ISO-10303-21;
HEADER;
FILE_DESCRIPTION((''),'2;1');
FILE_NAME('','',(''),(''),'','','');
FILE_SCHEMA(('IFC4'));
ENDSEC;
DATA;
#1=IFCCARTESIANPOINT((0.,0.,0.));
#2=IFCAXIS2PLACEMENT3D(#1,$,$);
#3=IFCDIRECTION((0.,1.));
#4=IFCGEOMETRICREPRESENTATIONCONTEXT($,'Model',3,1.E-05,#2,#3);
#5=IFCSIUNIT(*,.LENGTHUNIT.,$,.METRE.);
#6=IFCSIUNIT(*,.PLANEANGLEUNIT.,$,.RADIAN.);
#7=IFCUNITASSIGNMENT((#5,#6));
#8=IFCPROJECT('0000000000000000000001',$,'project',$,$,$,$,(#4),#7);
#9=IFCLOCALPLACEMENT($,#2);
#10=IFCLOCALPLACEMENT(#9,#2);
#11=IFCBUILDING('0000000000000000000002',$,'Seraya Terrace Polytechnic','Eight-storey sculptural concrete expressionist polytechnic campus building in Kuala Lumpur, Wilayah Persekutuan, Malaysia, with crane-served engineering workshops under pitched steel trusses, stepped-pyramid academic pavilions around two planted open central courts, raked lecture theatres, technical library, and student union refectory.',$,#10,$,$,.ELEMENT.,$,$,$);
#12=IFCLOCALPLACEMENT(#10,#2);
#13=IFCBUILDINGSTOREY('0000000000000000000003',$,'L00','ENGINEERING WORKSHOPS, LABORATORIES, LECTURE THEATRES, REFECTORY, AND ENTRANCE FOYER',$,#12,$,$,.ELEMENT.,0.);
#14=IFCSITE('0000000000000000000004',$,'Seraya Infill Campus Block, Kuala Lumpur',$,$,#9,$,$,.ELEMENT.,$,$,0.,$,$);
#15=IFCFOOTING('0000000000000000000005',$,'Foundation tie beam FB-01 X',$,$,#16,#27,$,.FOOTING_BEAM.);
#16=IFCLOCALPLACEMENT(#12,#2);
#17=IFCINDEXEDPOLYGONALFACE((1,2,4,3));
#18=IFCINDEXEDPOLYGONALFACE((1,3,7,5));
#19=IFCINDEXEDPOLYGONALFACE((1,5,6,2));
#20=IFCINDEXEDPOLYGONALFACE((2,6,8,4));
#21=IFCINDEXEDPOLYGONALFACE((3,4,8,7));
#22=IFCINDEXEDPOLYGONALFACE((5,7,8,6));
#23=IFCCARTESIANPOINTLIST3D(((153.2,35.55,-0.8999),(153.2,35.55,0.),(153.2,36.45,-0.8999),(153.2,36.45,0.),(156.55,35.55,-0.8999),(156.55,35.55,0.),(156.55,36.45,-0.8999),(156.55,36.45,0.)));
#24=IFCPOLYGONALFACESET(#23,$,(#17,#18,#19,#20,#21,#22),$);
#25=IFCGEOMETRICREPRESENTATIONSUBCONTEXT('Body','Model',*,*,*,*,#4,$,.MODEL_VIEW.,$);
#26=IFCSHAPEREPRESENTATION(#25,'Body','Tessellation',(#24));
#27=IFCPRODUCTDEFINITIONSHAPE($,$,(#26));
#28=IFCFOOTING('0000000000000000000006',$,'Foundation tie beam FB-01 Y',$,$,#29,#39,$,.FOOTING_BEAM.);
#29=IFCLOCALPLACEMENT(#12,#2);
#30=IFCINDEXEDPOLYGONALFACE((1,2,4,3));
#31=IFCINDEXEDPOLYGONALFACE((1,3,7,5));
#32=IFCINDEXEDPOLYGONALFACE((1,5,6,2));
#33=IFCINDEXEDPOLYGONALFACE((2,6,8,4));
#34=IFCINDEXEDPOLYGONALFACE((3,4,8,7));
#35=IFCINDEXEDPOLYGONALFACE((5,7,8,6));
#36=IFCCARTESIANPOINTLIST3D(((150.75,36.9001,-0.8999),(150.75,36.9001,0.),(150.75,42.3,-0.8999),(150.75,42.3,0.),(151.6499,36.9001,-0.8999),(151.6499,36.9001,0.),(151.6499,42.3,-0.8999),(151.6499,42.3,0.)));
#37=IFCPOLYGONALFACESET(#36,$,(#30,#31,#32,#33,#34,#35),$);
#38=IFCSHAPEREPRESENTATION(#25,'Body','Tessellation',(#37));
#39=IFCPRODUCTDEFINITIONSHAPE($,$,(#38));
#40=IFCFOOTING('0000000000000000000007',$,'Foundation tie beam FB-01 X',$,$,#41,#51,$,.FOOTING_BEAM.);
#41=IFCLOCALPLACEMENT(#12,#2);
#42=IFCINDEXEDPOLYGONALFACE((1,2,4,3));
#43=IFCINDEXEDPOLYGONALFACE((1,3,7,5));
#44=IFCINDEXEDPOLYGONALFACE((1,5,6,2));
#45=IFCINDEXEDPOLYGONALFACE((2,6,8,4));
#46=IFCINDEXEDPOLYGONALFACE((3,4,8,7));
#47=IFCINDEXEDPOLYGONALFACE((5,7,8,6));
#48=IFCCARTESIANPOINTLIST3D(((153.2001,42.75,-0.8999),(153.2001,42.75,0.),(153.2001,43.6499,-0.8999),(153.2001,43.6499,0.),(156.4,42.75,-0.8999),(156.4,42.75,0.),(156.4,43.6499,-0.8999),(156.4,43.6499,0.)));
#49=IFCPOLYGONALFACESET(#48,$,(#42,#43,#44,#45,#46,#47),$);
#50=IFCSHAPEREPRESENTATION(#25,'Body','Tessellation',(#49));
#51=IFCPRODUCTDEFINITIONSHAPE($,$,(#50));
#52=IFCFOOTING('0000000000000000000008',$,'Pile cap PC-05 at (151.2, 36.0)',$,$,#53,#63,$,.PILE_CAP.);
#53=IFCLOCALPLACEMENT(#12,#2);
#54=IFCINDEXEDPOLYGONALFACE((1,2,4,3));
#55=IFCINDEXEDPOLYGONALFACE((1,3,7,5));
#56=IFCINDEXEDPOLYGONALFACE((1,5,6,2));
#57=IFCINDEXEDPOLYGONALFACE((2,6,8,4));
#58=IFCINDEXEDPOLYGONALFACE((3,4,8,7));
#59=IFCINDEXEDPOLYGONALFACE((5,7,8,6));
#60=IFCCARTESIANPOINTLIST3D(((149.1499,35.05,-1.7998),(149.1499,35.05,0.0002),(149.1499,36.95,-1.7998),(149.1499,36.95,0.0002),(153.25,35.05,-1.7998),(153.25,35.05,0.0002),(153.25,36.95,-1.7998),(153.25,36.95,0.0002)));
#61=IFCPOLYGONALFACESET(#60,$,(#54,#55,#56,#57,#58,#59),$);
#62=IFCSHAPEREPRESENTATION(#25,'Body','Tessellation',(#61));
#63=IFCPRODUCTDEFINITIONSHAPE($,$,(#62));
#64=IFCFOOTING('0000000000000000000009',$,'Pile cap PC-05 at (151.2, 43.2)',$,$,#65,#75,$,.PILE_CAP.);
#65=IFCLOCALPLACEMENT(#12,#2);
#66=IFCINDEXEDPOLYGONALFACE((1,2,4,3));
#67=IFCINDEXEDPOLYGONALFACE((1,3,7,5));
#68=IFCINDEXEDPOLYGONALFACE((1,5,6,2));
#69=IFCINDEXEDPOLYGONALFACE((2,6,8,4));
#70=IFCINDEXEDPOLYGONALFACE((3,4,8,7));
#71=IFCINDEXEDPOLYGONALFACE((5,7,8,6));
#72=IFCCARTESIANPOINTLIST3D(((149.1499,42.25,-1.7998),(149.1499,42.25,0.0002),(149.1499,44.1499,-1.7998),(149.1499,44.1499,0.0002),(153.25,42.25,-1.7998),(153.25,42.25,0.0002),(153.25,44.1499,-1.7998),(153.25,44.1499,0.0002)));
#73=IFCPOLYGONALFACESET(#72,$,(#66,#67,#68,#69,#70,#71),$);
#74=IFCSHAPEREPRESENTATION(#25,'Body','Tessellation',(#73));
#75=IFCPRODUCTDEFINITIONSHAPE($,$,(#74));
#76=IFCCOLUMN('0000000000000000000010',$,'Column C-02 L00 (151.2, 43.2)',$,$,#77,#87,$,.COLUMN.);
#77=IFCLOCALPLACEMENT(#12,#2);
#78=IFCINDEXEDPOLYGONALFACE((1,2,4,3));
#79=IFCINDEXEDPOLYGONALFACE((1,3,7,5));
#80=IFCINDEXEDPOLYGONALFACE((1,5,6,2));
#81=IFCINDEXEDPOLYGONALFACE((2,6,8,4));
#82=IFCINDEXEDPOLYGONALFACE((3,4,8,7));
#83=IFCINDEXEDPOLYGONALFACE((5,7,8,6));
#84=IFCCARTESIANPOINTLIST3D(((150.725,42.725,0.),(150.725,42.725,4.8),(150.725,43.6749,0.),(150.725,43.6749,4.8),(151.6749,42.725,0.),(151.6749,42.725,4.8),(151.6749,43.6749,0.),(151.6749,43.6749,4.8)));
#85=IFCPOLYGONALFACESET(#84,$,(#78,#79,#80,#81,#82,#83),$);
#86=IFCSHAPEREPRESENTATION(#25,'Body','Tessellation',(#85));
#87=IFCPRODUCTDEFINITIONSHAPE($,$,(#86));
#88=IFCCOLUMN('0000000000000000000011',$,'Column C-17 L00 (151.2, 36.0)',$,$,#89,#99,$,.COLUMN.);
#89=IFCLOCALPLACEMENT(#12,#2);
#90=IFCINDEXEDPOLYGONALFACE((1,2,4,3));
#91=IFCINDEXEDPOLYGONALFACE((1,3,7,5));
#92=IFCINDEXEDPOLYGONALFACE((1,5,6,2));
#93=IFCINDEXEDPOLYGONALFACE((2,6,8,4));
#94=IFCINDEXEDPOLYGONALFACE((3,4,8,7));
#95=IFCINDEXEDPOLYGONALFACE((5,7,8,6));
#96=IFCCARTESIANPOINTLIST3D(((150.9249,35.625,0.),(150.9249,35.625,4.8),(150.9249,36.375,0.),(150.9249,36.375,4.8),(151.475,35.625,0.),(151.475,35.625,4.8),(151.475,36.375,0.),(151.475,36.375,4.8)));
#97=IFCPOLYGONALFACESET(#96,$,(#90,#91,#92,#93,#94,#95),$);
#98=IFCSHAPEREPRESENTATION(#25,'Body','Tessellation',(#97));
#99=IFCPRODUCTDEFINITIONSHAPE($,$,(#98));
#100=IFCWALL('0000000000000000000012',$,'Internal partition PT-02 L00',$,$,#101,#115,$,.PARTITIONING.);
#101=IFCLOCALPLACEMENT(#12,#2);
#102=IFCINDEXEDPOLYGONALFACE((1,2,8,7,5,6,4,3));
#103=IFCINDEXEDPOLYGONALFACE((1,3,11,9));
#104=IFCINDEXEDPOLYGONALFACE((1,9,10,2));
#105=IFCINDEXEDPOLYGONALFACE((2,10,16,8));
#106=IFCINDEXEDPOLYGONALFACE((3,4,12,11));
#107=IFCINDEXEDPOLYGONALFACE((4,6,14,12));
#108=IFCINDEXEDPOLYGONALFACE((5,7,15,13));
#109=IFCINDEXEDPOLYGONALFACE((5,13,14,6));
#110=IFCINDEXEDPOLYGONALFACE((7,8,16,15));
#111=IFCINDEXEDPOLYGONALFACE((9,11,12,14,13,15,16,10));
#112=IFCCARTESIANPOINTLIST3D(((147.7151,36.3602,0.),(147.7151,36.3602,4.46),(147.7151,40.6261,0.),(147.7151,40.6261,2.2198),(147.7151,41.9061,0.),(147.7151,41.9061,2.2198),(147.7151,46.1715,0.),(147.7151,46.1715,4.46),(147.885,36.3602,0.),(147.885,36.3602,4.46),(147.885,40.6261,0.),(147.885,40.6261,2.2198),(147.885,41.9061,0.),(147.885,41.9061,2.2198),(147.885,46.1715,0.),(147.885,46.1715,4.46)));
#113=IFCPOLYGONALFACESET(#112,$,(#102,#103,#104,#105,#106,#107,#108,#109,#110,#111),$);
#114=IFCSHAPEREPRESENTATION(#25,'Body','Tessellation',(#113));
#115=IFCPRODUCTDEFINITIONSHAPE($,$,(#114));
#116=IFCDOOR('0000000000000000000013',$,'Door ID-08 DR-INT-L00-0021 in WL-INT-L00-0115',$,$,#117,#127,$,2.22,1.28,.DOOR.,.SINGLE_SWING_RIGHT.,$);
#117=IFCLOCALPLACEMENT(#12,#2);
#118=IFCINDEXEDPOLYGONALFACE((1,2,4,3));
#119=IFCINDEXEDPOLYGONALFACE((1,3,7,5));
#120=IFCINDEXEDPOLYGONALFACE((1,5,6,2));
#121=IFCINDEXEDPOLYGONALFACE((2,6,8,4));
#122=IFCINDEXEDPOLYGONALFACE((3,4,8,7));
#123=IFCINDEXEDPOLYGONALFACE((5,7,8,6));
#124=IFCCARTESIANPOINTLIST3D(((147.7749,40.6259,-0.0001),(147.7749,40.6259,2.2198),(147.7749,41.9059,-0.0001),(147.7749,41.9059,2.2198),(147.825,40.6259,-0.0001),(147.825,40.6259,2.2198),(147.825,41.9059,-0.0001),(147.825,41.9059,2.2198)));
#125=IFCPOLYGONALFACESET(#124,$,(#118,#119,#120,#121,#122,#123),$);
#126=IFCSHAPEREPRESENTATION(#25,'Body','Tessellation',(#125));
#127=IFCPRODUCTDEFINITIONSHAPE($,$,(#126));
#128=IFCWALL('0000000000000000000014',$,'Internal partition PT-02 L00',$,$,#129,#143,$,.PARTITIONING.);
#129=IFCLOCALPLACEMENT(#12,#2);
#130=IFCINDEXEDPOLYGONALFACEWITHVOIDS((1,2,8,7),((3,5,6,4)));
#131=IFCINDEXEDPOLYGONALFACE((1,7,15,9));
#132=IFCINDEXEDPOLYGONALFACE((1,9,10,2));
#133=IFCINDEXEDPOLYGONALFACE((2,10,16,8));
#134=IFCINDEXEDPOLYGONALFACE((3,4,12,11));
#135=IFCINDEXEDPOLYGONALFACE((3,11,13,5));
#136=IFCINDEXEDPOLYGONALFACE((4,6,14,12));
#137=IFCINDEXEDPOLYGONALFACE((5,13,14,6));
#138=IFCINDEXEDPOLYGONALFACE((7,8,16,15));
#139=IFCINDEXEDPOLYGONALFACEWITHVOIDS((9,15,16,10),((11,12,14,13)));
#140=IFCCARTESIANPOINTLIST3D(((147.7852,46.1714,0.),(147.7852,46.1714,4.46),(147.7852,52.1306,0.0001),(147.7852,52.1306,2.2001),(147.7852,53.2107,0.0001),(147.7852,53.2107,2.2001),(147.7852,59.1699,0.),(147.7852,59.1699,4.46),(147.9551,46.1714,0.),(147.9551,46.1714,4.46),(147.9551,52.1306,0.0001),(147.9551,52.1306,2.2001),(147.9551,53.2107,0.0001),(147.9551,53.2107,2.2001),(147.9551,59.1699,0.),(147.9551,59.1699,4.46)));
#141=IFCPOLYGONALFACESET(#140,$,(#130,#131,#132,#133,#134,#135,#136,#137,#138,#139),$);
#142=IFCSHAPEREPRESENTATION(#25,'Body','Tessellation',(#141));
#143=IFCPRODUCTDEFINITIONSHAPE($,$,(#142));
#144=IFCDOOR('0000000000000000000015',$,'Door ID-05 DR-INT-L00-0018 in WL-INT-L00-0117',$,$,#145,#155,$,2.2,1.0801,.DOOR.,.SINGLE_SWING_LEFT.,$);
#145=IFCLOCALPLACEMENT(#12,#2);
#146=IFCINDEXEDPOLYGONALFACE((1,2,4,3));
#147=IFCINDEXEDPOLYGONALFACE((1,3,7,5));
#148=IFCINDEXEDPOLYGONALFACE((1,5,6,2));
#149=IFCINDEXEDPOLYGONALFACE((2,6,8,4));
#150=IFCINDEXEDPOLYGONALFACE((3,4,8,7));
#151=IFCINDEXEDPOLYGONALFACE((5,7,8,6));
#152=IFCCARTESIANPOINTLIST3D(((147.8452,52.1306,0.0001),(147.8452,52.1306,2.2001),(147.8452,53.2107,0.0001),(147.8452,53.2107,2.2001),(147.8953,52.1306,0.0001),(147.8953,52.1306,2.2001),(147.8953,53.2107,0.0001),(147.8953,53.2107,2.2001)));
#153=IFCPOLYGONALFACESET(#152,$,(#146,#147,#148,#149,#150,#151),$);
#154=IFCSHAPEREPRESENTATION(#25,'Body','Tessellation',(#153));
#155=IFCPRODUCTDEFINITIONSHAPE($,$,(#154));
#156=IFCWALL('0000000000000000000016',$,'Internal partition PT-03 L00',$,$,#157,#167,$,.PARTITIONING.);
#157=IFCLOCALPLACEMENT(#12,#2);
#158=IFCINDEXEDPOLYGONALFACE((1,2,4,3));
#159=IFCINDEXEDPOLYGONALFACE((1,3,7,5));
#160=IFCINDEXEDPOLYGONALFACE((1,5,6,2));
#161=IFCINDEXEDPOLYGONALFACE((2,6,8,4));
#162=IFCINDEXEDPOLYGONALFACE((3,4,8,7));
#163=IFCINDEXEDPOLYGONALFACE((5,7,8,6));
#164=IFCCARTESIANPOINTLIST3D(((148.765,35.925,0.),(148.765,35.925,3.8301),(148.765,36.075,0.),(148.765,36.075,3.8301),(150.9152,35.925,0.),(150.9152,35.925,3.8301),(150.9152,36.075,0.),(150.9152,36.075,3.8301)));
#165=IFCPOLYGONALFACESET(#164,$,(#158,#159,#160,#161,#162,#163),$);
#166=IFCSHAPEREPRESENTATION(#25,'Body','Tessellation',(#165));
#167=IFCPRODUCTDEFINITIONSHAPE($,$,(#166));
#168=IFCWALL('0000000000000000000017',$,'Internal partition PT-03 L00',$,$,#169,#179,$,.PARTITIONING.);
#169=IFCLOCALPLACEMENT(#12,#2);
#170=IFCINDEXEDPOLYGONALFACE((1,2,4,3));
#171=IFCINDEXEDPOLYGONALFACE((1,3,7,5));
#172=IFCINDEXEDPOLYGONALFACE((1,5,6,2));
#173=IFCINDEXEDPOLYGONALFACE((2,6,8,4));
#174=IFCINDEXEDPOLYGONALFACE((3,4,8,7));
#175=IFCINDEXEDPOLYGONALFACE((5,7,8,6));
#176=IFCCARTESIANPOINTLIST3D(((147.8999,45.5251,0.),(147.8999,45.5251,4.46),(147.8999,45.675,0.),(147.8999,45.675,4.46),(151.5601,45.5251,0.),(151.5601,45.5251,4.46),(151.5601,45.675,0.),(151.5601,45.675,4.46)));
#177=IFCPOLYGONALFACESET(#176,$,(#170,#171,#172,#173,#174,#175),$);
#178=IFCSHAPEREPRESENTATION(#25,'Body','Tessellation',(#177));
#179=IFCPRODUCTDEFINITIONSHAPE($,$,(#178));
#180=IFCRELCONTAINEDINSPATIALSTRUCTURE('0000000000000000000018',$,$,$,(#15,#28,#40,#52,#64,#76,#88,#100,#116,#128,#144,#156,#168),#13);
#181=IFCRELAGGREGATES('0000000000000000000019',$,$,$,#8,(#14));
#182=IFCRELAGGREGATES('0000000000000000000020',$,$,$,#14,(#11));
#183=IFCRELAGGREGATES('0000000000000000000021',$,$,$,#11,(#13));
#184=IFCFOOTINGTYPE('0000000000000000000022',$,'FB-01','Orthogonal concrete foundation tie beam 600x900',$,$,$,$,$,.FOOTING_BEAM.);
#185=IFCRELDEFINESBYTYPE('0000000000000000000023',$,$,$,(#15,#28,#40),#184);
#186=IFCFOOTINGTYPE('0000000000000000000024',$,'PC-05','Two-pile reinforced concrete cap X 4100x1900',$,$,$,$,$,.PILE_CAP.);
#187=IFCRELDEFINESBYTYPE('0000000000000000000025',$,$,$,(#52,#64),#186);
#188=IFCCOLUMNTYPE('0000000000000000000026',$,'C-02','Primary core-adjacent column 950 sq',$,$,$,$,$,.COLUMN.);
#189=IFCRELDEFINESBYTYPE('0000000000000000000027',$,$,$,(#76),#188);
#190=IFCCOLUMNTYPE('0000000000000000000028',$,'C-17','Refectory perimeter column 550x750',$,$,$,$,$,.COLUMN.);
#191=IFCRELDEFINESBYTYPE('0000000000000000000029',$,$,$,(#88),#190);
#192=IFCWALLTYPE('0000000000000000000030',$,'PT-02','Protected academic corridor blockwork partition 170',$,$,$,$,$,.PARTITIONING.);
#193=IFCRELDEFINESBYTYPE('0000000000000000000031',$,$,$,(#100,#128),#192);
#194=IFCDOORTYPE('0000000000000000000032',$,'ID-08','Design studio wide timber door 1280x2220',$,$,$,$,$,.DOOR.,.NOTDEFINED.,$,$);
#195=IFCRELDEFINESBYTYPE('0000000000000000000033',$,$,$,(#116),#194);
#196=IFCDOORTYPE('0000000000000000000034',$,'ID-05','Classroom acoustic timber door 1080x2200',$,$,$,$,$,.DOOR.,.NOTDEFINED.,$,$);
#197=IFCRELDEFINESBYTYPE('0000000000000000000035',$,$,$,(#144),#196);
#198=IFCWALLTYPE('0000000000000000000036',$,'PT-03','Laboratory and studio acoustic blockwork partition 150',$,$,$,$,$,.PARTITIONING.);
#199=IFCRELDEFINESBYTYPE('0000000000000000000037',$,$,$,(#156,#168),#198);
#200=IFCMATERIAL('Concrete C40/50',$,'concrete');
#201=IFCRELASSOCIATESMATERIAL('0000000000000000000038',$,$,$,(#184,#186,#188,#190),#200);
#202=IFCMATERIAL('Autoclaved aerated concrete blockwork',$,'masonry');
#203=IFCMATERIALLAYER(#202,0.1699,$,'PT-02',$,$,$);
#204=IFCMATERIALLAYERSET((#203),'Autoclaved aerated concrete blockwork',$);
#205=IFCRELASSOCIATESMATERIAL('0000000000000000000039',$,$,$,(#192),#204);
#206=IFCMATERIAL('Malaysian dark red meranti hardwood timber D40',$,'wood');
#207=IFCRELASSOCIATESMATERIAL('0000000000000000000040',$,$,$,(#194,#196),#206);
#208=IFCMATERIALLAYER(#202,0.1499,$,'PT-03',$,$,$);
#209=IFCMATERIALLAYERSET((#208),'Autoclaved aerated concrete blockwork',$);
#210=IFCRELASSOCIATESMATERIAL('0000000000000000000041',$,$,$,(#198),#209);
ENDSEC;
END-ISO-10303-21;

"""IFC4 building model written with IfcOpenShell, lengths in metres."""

from ifc_helpers import new_model, si_unit, direction, frame, frame_2d, origin, origin_2d, place, context, subcontext, project, spatial, rectangle, extrude, material, layer, layer_set, material_profile, profile_set, type_object, element, fill, save


model = new_model("IFC4")

# Units and contexts
model_context = context("Model", 3, precision=1e-05, world=origin(), true_north=direction((0.0, 1.0)))
body_context = subcontext(model_context, "Body", "Model", "MODEL_VIEW")
ifc_project = project(units=[si_unit("LENGTHUNIT", "METRE"), si_unit("PLANEANGLEUNIT", "RADIAN")], contexts=[model_context])

# Site, building, storey
site_placement = place(None, origin())
site = spatial("IfcSite", under=ifc_project, at=site_placement, Name="Seraya Infill Campus Block, Kuala Lumpur", CompositionType="ELEMENT", RefElevation=0.0)
building_placement = place(site_placement, origin())
building = spatial("IfcBuilding", under=site, at=building_placement, Name="Seraya Terrace Polytechnic", Description="Eight-storey sculptural concrete expressionist polytechnic campus building in Kuala Lumpur, Wilayah Persekutuan, Malaysia, with crane-served engineering workshops under pitched steel trusses, stepped-pyramid academic pavilions around two planted open central courts, raked lecture theatres, technical library, and student union refectory.", CompositionType="ELEMENT")
storey_placement = place(building_placement, origin())
storey = spatial("IfcBuildingStorey", under=building, at=storey_placement, Name="L00", Description="ENGINEERING WORKSHOPS, LABORATORIES, LECTURE THEATRES, REFECTORY, AND ENTRANCE FOYER", CompositionType="ELEMENT", Elevation=0.0)

# Shared definitions
ifc_material_1 = material(Name="Concrete C40/50", Category="concrete")

# Footings
footing_type_1 = type_object("IfcFootingType", Name="FB-01", Description="Orthogonal concrete foundation tie beam 600x900", PredefinedType="FOOTING_BEAM", material=ifc_material_1)
footing_1_placement = place(storey_placement, frame((154.875, 36.0, -0.8999), z_axis=(0.0, 0.0, 1.0), x_axis=(1.0, 0.0, 0.0)))
element("IfcFooting", 1, at=footing_1_placement, inside=storey, type_object=footing_type_1, Name="Foundation tie beam FB-01 X", PredefinedType="FOOTING_BEAM", context=body_context, shape_type="SweptSolid", body=[
    extrude(rectangle(XDim=3.3501, YDim=0.8999, at=origin_2d()), origin(), (0.0, 0.0, 1.0), 0.8999),
])
footing_2_placement = place(storey_placement, frame((151.2, 39.6001, -0.8999), z_axis=(0.0, 0.0, 1.0), x_axis=(0.0, 1.0, 0.0)))
element("IfcFooting", 2, at=footing_2_placement, inside=storey, type_object=footing_type_1, Name="Foundation tie beam FB-01 Y", PredefinedType="FOOTING_BEAM", context=body_context, shape_type="SweptSolid", body=[
    extrude(rectangle(XDim=5.3999, YDim=0.8999, at=origin_2d()), origin(), (0.0, 0.0, 1.0), 0.8999),
])
footing_3_placement = place(storey_placement, frame((154.8, 43.2, -0.8999), z_axis=(0.0, 0.0, 1.0), x_axis=(1.0, 0.0, 0.0)))
element("IfcFooting", 3, at=footing_3_placement, inside=storey, type_object=footing_type_1, Name="Foundation tie beam FB-01 X", PredefinedType="FOOTING_BEAM", context=body_context, shape_type="SweptSolid", body=[
    extrude(rectangle(XDim=3.2, YDim=0.8999, at=origin_2d()), origin(), (0.0, 0.0, 1.0), 0.8999),
])
footing_type_2 = type_object("IfcFootingType", Name="PC-05", Description="Two-pile reinforced concrete cap X 4100x1900", PredefinedType="PILE_CAP", material=ifc_material_1)
for number, where, z_axis, x_axis, name in (
    (4, (151.2, 36.0, -1.7998), (0.0, 0.0, 1.0), (1.0, 0.0, 0.0), "Pile cap PC-05 at (151.2, 36.0)"),
    (5, (151.2, 43.2, -1.7998), (0.0, 0.0, 1.0), (1.0, 0.0, 0.0), "Pile cap PC-05 at (151.2, 43.2)"),
):
    element("IfcFooting", number, at=place(storey_placement, frame(where, z_axis=z_axis, x_axis=x_axis)), inside=storey, type_object=footing_type_2, Name=name, PredefinedType="PILE_CAP", context=body_context, shape_type="SweptSolid", body=[
        extrude(rectangle(XDim=4.1001, YDim=1.8999, at=origin_2d()), origin(), (0.0, 0.0, 1.0), 1.8),
    ])

# Columns
ifc_material_profile_1 = material_profile(ifc_material_1, rectangle(XDim=0.95, YDim=0.95, at=origin_2d()), Name="RC 950x950")
ifc_profile_set_1 = profile_set([ifc_material_profile_1], Name="Concrete C40/50")
column_type_1 = type_object("IfcColumnType", Name="C-02", Description="Primary core-adjacent column 950 sq", PredefinedType="COLUMN", material=ifc_profile_set_1)
column_1_placement = place(storey_placement, frame((151.2, 43.2, 0.0), z_axis=(0.0, 0.0, 1.0), x_axis=(1.0, 0.0, 0.0)))
element("IfcColumn", 6, at=column_1_placement, inside=storey, type_object=column_type_1, Name="Column C-02 L00 (151.2, 43.2)", PredefinedType="COLUMN", context=body_context, shape_type="SweptSolid", body=[
    extrude(rectangle(XDim=0.95, YDim=0.95, at=origin_2d()), origin(), (0.0, 0.0, 1.0), 4.8),
])
ifc_material_profile_2 = material_profile(ifc_material_1, rectangle(XDim=0.55, YDim=0.75, at=origin_2d()), Name="RC 550x750")
ifc_profile_set_2 = profile_set([ifc_material_profile_2], Name="Concrete C40/50")
column_type_2 = type_object("IfcColumnType", Name="C-17", Description="Refectory perimeter column 550x750", PredefinedType="COLUMN", material=ifc_profile_set_2)
column_2_placement = place(storey_placement, frame((151.2, 36.0, 0.0), z_axis=(0.0, 0.0, 1.0), x_axis=(1.0, 0.0, 0.0)))
element("IfcColumn", 7, at=column_2_placement, inside=storey, type_object=column_type_2, Name="Column C-17 L00 (151.2, 36.0)", PredefinedType="COLUMN", context=body_context, shape_type="SweptSolid", body=[
    extrude(rectangle(XDim=0.55, YDim=0.75, at=origin_2d()), origin(), (0.0, 0.0, 1.0), 4.8),
])

# Walls, openings, doors
ifc_material_2 = material(Name="Autoclaved aerated concrete blockwork", Category="masonry")
ifc_layer_1 = layer(ifc_material_2, 0.1699, Name="PT-02")
ifc_layer_set_1 = layer_set([ifc_layer_1], Name="Autoclaved aerated concrete blockwork")
wall_type_1 = type_object("IfcWallType", Name="PT-02", Description="Protected academic corridor blockwork partition 170", PredefinedType="PARTITIONING", material=ifc_layer_set_1)
wall_1_placement = place(storey_placement, frame((147.8, 36.3601, 0.0), z_axis=(0.0, 0.0, 1.0), x_axis=(0.0, 1.0, 0.0)))
wall_1 = element("IfcWall", 8, at=wall_1_placement, inside=storey, type_object=wall_type_1, Name="Internal partition PT-02 L00", PredefinedType="PARTITIONING", context=body_context, shape_type="SweptSolid", body=[
    extrude(rectangle(XDim=9.8113, YDim=0.1699, at=frame_2d((4.9058, 0.0))), origin(), (0.0, 0.0, 1.0), 4.46),
])
opening_1_placement = place(wall_1_placement, frame((4.2659, 0.0, 0.0)))
opening_1 = element("IfcOpeningElement", 9, at=opening_1_placement, cuts=wall_1, PredefinedType="OPENING", context=body_context, shape_type="SweptSolid", body=[
    extrude(rectangle(XDim=1.28, YDim=2.22, at=frame_2d((0.6401, 1.1099))), frame((0.0, 0.0969, 0.0), z_axis=(0.0, -1.0, 0.0), x_axis=(1.0, 0.0, 0.0)), (0.0, 0.0, 1.0), 0.1938),
])
ifc_material_3 = material(Name="Malaysian dark red meranti hardwood timber D40", Category="wood")
door_type_1 = type_object("IfcDoorType", Name="ID-08", Description="Design studio wide timber door 1280x2220", OperationType="NOTDEFINED", PredefinedType="DOOR", material=ifc_material_3)
door_1_placement = place(opening_1_placement, frame((1.28, 0.0, 0.0), z_axis=(0.0, 0.0, 1.0), x_axis=(-1.0, 0.0, 0.0)))
door_1 = element("IfcDoor", 10, at=door_1_placement, inside=storey, type_object=door_type_1, Name="Door ID-08 DR-INT-L00-0021 in WL-INT-L00-0115", OperationType="SINGLE_SWING_RIGHT", OverallHeight=2.22, OverallWidth=1.28, PredefinedType="DOOR", context=body_context, shape_type="SweptSolid", body=[
    extrude(rectangle(XDim=1.28, YDim=2.22, at=frame_2d((0.6401, 1.1099))), frame((0.0, 0.0249, 0.0), z_axis=(0.0, -1.0, 0.0), x_axis=(1.0, 0.0, 0.0)), (0.0, 0.0, 1.0), 0.05),
])
fill(opening_1, door_1)
wall_2_placement = place(storey_placement, frame((147.8701, 46.1714, 0.0), z_axis=(0.0, 0.0, 1.0), x_axis=(0.0, 1.0, 0.0)))
wall_2 = element("IfcWall", 11, at=wall_2_placement, inside=storey, type_object=wall_type_1, Name="Internal partition PT-02 L00", PredefinedType="PARTITIONING", context=body_context, shape_type="SweptSolid", body=[
    extrude(rectangle(XDim=12.9985, YDim=0.1699, at=frame_2d((6.4993, 0.0))), origin(), (0.0, 0.0, 1.0), 4.46),
])
opening_2_placement = place(wall_2_placement, frame((5.9592, 0.0, 0.0)))
opening_2 = element("IfcOpeningElement", 12, at=opening_2_placement, cuts=wall_2, PredefinedType="OPENING", context=body_context, shape_type="SweptSolid", body=[
    extrude(rectangle(XDim=1.0801, YDim=2.2, at=frame_2d((0.54, 1.1001))), frame((0.0, 0.0969, 0.0), z_axis=(0.0, -1.0, 0.0), x_axis=(1.0, 0.0, 0.0)), (0.0, 0.0, 1.0), 0.1938),
])
door_type_2 = type_object("IfcDoorType", Name="ID-05", Description="Classroom acoustic timber door 1080x2200", OperationType="NOTDEFINED", PredefinedType="DOOR", material=ifc_material_3)
door_2_placement = place(opening_2_placement, origin())
door_2 = element("IfcDoor", 13, at=door_2_placement, inside=storey, type_object=door_type_2, Name="Door ID-05 DR-INT-L00-0018 in WL-INT-L00-0117", OperationType="SINGLE_SWING_LEFT", OverallHeight=2.2, OverallWidth=1.0801, PredefinedType="DOOR", context=body_context, shape_type="SweptSolid", body=[
    extrude(rectangle(XDim=1.0801, YDim=2.2, at=frame_2d((0.54, 1.1001))), frame((0.0, 0.0249, 0.0), z_axis=(0.0, -1.0, 0.0), x_axis=(1.0, 0.0, 0.0)), (0.0, 0.0, 1.0), 0.05),
])
fill(opening_2, door_2)

# Walls
ifc_layer_2 = layer(ifc_material_2, 0.1499, Name="PT-03")
ifc_layer_set_2 = layer_set([ifc_layer_2], Name="Autoclaved aerated concrete blockwork")
wall_type_2 = type_object("IfcWallType", Name="PT-03", Description="Laboratory and studio acoustic blockwork partition 150", PredefinedType="PARTITIONING", material=ifc_layer_set_2)
wall_3_placement = place(storey_placement, frame((148.7649, 36.0, 0.0), z_axis=(0.0, 0.0, 1.0), x_axis=(1.0, 0.0, 0.0)))
element("IfcWall", 14, at=wall_3_placement, inside=storey, type_object=wall_type_2, Name="Internal partition PT-03 L00", PredefinedType="PARTITIONING", context=body_context, shape_type="SweptSolid", body=[
    extrude(rectangle(XDim=2.1501, YDim=0.1499, at=frame_2d((1.0752, 0.0))), origin(), (0.0, 0.0, 1.0), 3.8301),
])
wall_4_placement = place(storey_placement, frame((147.8999, 45.6001, 0.0), z_axis=(0.0, 0.0, 1.0), x_axis=(1.0, 0.0, 0.0)))
element("IfcWall", 15, at=wall_4_placement, inside=storey, type_object=wall_type_2, Name="Internal partition PT-03 L00", PredefinedType="PARTITIONING", context=body_context, shape_type="SweptSolid", body=[
    extrude(rectangle(XDim=3.6602, YDim=0.1499, at=frame_2d((1.8301, 0.0))), origin(), (0.0, 0.0, 1.0), 4.46),
])

save(model, "model.ifc")
